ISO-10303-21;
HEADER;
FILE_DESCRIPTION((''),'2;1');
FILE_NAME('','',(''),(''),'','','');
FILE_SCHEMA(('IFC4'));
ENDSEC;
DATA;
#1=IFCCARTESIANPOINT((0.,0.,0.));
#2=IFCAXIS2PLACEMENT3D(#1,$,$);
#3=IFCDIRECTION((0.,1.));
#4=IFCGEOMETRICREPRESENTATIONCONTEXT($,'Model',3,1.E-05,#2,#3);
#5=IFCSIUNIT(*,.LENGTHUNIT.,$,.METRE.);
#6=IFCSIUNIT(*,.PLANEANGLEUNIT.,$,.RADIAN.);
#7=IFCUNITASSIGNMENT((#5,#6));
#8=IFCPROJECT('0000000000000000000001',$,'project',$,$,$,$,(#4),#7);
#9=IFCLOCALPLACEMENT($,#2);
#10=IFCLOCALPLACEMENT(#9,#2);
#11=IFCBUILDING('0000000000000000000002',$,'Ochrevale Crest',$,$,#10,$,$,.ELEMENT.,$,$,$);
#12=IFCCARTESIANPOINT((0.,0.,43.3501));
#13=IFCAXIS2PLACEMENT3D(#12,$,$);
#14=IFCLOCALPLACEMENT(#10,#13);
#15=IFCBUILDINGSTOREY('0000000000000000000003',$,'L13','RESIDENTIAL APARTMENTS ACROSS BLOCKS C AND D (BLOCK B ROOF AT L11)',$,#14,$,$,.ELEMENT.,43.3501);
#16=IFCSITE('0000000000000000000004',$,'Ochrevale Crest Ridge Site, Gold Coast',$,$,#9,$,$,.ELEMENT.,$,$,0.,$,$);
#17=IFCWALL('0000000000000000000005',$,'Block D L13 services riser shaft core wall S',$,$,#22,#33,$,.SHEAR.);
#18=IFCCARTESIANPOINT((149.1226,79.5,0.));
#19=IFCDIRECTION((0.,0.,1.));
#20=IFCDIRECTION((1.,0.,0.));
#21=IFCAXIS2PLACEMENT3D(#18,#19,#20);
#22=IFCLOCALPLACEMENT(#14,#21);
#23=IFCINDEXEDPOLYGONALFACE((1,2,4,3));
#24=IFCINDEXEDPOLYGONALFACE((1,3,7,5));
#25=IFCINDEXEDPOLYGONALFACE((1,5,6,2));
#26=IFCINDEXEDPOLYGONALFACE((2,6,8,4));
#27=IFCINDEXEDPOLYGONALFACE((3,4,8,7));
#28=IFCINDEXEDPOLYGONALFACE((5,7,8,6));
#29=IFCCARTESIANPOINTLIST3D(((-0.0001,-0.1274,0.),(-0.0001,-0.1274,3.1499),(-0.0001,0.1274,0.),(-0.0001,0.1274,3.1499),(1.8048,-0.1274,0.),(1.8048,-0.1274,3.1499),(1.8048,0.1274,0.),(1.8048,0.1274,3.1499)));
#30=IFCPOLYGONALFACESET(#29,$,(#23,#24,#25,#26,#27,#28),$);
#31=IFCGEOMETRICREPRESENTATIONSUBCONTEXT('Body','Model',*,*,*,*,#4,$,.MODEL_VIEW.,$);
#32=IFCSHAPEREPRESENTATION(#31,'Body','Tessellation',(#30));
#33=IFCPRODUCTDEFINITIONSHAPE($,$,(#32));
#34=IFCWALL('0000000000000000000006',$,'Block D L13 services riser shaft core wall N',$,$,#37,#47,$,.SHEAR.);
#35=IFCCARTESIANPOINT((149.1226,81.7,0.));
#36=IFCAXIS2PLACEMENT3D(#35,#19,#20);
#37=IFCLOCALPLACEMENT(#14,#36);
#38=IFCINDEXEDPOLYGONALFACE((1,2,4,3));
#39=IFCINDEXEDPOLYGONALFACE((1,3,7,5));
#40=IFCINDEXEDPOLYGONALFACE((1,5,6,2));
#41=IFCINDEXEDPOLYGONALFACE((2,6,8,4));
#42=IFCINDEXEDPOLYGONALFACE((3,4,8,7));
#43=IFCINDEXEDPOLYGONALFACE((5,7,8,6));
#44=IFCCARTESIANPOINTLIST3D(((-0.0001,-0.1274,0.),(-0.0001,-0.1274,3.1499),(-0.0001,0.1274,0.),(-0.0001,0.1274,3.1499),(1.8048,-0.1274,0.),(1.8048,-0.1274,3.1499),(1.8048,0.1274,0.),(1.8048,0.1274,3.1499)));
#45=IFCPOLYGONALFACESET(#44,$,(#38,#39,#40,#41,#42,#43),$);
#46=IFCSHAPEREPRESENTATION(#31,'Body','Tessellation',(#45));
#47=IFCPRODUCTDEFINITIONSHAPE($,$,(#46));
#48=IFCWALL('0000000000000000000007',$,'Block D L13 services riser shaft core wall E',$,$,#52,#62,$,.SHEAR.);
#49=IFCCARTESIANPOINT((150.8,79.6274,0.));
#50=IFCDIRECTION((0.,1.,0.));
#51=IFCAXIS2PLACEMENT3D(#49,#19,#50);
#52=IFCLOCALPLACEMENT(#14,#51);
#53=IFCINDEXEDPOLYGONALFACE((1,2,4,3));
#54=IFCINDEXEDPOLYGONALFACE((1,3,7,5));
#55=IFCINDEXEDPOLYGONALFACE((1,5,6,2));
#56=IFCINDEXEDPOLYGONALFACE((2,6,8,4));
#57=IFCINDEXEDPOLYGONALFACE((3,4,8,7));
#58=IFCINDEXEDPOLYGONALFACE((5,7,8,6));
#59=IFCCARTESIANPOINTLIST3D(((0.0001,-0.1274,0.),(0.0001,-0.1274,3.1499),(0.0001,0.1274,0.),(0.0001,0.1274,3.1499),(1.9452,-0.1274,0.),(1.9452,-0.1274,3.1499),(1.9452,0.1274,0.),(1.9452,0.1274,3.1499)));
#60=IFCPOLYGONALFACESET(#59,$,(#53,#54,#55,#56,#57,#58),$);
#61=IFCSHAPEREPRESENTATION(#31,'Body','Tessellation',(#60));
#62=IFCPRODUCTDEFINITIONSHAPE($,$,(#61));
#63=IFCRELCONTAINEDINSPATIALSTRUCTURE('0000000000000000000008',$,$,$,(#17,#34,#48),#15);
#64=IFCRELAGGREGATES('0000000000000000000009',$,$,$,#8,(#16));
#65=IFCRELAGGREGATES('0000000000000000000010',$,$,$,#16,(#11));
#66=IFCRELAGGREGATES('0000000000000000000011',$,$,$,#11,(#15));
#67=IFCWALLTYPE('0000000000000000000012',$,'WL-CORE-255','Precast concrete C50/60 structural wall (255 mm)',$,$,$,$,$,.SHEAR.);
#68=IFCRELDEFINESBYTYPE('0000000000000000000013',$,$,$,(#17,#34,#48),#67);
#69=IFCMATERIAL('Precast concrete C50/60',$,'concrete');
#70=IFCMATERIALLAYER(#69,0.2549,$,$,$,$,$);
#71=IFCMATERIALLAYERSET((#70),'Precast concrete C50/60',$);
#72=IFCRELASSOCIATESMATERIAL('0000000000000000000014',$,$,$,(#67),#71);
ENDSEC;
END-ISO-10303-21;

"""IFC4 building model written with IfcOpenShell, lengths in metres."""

from ifc_helpers import new_model, si_unit, direction, frame, frame_2d, origin, place, context, subcontext, project, spatial, rectangle, extrude, material, layer, layer_set, type_object, element, save


model = new_model("IFC4")

# Units and contexts
model_context = context("Model", 3, precision=1e-05, world=origin(), true_north=direction((0.0, 1.0)))
body_context = subcontext(model_context, "Body", "Model", "MODEL_VIEW")
ifc_project = project(units=[si_unit("LENGTHUNIT", "METRE"), si_unit("PLANEANGLEUNIT", "RADIAN")], contexts=[model_context])

# Site, building, storey
site_placement = place(None, origin())
site = spatial("IfcSite", under=ifc_project, at=site_placement, Name="Ochrevale Crest Ridge Site, Gold Coast", CompositionType="ELEMENT", RefElevation=0.0)
building_placement = place(site_placement, origin())
building = spatial("IfcBuilding", under=site, at=building_placement, Name="Ochrevale Crest", CompositionType="ELEMENT")
storey_placement = place(building_placement, frame((0.0, 0.0, 43.3501)))
storey = spatial("IfcBuildingStorey", under=building, at=storey_placement, Name="L13", Description="RESIDENTIAL APARTMENTS ACROSS BLOCKS C AND D (BLOCK B ROOF AT L11)", CompositionType="ELEMENT", Elevation=43.3501)

# Shared definitions
ifc_material_1 = material(Name="Precast concrete C50/60", Category="concrete")

# Shared definitions
ifc_layer_1 = layer(ifc_material_1, 0.2549)
ifc_layer_set_1 = layer_set([ifc_layer_1], Name="Precast concrete C50/60")
wall_type_1 = type_object("IfcWallType", Name="WL-CORE-255", Description="Precast concrete C50/60 structural wall (255 mm)", PredefinedType="SHEAR", material=ifc_layer_set_1)

# Walls
for number, where, z_axis, x_axis, name in (
    (1, (149.1226, 79.5, 0.0), (0.0, 0.0, 1.0), (1.0, 0.0, 0.0), "Block D L13 services riser shaft core wall S"),
    (2, (149.1226, 81.7, 0.0), (0.0, 0.0, 1.0), (1.0, 0.0, 0.0), "Block D L13 services riser shaft core wall N"),
):
    element("IfcWall", number, at=place(storey_placement, frame(where, z_axis=z_axis, x_axis=x_axis)), inside=storey, type_object=wall_type_1, Name=name, PredefinedType="SHEAR", context=body_context, shape_type="SweptSolid", body=[
        extrude(rectangle(XDim=1.8049, YDim=0.2549, at=frame_2d((0.9023, 0.0))), origin(), (0.0, 0.0, 1.0), 3.1499),
    ])
wall_1_placement = place(storey_placement, frame((150.8, 79.6274, 0.0), z_axis=(0.0, 0.0, 1.0), x_axis=(0.0, 1.0, 0.0)))
element("IfcWall", 3, at=wall_1_placement, inside=storey, type_object=wall_type_1, Name="Block D L13 services riser shaft core wall E", PredefinedType="SHEAR", context=body_context, shape_type="SweptSolid", body=[
    extrude(rectangle(XDim=1.9451, YDim=0.2549, at=frame_2d((0.9727, 0.0))), origin(), (0.0, 0.0, 1.0), 3.1499),
])

save(model, "model.ifc")
